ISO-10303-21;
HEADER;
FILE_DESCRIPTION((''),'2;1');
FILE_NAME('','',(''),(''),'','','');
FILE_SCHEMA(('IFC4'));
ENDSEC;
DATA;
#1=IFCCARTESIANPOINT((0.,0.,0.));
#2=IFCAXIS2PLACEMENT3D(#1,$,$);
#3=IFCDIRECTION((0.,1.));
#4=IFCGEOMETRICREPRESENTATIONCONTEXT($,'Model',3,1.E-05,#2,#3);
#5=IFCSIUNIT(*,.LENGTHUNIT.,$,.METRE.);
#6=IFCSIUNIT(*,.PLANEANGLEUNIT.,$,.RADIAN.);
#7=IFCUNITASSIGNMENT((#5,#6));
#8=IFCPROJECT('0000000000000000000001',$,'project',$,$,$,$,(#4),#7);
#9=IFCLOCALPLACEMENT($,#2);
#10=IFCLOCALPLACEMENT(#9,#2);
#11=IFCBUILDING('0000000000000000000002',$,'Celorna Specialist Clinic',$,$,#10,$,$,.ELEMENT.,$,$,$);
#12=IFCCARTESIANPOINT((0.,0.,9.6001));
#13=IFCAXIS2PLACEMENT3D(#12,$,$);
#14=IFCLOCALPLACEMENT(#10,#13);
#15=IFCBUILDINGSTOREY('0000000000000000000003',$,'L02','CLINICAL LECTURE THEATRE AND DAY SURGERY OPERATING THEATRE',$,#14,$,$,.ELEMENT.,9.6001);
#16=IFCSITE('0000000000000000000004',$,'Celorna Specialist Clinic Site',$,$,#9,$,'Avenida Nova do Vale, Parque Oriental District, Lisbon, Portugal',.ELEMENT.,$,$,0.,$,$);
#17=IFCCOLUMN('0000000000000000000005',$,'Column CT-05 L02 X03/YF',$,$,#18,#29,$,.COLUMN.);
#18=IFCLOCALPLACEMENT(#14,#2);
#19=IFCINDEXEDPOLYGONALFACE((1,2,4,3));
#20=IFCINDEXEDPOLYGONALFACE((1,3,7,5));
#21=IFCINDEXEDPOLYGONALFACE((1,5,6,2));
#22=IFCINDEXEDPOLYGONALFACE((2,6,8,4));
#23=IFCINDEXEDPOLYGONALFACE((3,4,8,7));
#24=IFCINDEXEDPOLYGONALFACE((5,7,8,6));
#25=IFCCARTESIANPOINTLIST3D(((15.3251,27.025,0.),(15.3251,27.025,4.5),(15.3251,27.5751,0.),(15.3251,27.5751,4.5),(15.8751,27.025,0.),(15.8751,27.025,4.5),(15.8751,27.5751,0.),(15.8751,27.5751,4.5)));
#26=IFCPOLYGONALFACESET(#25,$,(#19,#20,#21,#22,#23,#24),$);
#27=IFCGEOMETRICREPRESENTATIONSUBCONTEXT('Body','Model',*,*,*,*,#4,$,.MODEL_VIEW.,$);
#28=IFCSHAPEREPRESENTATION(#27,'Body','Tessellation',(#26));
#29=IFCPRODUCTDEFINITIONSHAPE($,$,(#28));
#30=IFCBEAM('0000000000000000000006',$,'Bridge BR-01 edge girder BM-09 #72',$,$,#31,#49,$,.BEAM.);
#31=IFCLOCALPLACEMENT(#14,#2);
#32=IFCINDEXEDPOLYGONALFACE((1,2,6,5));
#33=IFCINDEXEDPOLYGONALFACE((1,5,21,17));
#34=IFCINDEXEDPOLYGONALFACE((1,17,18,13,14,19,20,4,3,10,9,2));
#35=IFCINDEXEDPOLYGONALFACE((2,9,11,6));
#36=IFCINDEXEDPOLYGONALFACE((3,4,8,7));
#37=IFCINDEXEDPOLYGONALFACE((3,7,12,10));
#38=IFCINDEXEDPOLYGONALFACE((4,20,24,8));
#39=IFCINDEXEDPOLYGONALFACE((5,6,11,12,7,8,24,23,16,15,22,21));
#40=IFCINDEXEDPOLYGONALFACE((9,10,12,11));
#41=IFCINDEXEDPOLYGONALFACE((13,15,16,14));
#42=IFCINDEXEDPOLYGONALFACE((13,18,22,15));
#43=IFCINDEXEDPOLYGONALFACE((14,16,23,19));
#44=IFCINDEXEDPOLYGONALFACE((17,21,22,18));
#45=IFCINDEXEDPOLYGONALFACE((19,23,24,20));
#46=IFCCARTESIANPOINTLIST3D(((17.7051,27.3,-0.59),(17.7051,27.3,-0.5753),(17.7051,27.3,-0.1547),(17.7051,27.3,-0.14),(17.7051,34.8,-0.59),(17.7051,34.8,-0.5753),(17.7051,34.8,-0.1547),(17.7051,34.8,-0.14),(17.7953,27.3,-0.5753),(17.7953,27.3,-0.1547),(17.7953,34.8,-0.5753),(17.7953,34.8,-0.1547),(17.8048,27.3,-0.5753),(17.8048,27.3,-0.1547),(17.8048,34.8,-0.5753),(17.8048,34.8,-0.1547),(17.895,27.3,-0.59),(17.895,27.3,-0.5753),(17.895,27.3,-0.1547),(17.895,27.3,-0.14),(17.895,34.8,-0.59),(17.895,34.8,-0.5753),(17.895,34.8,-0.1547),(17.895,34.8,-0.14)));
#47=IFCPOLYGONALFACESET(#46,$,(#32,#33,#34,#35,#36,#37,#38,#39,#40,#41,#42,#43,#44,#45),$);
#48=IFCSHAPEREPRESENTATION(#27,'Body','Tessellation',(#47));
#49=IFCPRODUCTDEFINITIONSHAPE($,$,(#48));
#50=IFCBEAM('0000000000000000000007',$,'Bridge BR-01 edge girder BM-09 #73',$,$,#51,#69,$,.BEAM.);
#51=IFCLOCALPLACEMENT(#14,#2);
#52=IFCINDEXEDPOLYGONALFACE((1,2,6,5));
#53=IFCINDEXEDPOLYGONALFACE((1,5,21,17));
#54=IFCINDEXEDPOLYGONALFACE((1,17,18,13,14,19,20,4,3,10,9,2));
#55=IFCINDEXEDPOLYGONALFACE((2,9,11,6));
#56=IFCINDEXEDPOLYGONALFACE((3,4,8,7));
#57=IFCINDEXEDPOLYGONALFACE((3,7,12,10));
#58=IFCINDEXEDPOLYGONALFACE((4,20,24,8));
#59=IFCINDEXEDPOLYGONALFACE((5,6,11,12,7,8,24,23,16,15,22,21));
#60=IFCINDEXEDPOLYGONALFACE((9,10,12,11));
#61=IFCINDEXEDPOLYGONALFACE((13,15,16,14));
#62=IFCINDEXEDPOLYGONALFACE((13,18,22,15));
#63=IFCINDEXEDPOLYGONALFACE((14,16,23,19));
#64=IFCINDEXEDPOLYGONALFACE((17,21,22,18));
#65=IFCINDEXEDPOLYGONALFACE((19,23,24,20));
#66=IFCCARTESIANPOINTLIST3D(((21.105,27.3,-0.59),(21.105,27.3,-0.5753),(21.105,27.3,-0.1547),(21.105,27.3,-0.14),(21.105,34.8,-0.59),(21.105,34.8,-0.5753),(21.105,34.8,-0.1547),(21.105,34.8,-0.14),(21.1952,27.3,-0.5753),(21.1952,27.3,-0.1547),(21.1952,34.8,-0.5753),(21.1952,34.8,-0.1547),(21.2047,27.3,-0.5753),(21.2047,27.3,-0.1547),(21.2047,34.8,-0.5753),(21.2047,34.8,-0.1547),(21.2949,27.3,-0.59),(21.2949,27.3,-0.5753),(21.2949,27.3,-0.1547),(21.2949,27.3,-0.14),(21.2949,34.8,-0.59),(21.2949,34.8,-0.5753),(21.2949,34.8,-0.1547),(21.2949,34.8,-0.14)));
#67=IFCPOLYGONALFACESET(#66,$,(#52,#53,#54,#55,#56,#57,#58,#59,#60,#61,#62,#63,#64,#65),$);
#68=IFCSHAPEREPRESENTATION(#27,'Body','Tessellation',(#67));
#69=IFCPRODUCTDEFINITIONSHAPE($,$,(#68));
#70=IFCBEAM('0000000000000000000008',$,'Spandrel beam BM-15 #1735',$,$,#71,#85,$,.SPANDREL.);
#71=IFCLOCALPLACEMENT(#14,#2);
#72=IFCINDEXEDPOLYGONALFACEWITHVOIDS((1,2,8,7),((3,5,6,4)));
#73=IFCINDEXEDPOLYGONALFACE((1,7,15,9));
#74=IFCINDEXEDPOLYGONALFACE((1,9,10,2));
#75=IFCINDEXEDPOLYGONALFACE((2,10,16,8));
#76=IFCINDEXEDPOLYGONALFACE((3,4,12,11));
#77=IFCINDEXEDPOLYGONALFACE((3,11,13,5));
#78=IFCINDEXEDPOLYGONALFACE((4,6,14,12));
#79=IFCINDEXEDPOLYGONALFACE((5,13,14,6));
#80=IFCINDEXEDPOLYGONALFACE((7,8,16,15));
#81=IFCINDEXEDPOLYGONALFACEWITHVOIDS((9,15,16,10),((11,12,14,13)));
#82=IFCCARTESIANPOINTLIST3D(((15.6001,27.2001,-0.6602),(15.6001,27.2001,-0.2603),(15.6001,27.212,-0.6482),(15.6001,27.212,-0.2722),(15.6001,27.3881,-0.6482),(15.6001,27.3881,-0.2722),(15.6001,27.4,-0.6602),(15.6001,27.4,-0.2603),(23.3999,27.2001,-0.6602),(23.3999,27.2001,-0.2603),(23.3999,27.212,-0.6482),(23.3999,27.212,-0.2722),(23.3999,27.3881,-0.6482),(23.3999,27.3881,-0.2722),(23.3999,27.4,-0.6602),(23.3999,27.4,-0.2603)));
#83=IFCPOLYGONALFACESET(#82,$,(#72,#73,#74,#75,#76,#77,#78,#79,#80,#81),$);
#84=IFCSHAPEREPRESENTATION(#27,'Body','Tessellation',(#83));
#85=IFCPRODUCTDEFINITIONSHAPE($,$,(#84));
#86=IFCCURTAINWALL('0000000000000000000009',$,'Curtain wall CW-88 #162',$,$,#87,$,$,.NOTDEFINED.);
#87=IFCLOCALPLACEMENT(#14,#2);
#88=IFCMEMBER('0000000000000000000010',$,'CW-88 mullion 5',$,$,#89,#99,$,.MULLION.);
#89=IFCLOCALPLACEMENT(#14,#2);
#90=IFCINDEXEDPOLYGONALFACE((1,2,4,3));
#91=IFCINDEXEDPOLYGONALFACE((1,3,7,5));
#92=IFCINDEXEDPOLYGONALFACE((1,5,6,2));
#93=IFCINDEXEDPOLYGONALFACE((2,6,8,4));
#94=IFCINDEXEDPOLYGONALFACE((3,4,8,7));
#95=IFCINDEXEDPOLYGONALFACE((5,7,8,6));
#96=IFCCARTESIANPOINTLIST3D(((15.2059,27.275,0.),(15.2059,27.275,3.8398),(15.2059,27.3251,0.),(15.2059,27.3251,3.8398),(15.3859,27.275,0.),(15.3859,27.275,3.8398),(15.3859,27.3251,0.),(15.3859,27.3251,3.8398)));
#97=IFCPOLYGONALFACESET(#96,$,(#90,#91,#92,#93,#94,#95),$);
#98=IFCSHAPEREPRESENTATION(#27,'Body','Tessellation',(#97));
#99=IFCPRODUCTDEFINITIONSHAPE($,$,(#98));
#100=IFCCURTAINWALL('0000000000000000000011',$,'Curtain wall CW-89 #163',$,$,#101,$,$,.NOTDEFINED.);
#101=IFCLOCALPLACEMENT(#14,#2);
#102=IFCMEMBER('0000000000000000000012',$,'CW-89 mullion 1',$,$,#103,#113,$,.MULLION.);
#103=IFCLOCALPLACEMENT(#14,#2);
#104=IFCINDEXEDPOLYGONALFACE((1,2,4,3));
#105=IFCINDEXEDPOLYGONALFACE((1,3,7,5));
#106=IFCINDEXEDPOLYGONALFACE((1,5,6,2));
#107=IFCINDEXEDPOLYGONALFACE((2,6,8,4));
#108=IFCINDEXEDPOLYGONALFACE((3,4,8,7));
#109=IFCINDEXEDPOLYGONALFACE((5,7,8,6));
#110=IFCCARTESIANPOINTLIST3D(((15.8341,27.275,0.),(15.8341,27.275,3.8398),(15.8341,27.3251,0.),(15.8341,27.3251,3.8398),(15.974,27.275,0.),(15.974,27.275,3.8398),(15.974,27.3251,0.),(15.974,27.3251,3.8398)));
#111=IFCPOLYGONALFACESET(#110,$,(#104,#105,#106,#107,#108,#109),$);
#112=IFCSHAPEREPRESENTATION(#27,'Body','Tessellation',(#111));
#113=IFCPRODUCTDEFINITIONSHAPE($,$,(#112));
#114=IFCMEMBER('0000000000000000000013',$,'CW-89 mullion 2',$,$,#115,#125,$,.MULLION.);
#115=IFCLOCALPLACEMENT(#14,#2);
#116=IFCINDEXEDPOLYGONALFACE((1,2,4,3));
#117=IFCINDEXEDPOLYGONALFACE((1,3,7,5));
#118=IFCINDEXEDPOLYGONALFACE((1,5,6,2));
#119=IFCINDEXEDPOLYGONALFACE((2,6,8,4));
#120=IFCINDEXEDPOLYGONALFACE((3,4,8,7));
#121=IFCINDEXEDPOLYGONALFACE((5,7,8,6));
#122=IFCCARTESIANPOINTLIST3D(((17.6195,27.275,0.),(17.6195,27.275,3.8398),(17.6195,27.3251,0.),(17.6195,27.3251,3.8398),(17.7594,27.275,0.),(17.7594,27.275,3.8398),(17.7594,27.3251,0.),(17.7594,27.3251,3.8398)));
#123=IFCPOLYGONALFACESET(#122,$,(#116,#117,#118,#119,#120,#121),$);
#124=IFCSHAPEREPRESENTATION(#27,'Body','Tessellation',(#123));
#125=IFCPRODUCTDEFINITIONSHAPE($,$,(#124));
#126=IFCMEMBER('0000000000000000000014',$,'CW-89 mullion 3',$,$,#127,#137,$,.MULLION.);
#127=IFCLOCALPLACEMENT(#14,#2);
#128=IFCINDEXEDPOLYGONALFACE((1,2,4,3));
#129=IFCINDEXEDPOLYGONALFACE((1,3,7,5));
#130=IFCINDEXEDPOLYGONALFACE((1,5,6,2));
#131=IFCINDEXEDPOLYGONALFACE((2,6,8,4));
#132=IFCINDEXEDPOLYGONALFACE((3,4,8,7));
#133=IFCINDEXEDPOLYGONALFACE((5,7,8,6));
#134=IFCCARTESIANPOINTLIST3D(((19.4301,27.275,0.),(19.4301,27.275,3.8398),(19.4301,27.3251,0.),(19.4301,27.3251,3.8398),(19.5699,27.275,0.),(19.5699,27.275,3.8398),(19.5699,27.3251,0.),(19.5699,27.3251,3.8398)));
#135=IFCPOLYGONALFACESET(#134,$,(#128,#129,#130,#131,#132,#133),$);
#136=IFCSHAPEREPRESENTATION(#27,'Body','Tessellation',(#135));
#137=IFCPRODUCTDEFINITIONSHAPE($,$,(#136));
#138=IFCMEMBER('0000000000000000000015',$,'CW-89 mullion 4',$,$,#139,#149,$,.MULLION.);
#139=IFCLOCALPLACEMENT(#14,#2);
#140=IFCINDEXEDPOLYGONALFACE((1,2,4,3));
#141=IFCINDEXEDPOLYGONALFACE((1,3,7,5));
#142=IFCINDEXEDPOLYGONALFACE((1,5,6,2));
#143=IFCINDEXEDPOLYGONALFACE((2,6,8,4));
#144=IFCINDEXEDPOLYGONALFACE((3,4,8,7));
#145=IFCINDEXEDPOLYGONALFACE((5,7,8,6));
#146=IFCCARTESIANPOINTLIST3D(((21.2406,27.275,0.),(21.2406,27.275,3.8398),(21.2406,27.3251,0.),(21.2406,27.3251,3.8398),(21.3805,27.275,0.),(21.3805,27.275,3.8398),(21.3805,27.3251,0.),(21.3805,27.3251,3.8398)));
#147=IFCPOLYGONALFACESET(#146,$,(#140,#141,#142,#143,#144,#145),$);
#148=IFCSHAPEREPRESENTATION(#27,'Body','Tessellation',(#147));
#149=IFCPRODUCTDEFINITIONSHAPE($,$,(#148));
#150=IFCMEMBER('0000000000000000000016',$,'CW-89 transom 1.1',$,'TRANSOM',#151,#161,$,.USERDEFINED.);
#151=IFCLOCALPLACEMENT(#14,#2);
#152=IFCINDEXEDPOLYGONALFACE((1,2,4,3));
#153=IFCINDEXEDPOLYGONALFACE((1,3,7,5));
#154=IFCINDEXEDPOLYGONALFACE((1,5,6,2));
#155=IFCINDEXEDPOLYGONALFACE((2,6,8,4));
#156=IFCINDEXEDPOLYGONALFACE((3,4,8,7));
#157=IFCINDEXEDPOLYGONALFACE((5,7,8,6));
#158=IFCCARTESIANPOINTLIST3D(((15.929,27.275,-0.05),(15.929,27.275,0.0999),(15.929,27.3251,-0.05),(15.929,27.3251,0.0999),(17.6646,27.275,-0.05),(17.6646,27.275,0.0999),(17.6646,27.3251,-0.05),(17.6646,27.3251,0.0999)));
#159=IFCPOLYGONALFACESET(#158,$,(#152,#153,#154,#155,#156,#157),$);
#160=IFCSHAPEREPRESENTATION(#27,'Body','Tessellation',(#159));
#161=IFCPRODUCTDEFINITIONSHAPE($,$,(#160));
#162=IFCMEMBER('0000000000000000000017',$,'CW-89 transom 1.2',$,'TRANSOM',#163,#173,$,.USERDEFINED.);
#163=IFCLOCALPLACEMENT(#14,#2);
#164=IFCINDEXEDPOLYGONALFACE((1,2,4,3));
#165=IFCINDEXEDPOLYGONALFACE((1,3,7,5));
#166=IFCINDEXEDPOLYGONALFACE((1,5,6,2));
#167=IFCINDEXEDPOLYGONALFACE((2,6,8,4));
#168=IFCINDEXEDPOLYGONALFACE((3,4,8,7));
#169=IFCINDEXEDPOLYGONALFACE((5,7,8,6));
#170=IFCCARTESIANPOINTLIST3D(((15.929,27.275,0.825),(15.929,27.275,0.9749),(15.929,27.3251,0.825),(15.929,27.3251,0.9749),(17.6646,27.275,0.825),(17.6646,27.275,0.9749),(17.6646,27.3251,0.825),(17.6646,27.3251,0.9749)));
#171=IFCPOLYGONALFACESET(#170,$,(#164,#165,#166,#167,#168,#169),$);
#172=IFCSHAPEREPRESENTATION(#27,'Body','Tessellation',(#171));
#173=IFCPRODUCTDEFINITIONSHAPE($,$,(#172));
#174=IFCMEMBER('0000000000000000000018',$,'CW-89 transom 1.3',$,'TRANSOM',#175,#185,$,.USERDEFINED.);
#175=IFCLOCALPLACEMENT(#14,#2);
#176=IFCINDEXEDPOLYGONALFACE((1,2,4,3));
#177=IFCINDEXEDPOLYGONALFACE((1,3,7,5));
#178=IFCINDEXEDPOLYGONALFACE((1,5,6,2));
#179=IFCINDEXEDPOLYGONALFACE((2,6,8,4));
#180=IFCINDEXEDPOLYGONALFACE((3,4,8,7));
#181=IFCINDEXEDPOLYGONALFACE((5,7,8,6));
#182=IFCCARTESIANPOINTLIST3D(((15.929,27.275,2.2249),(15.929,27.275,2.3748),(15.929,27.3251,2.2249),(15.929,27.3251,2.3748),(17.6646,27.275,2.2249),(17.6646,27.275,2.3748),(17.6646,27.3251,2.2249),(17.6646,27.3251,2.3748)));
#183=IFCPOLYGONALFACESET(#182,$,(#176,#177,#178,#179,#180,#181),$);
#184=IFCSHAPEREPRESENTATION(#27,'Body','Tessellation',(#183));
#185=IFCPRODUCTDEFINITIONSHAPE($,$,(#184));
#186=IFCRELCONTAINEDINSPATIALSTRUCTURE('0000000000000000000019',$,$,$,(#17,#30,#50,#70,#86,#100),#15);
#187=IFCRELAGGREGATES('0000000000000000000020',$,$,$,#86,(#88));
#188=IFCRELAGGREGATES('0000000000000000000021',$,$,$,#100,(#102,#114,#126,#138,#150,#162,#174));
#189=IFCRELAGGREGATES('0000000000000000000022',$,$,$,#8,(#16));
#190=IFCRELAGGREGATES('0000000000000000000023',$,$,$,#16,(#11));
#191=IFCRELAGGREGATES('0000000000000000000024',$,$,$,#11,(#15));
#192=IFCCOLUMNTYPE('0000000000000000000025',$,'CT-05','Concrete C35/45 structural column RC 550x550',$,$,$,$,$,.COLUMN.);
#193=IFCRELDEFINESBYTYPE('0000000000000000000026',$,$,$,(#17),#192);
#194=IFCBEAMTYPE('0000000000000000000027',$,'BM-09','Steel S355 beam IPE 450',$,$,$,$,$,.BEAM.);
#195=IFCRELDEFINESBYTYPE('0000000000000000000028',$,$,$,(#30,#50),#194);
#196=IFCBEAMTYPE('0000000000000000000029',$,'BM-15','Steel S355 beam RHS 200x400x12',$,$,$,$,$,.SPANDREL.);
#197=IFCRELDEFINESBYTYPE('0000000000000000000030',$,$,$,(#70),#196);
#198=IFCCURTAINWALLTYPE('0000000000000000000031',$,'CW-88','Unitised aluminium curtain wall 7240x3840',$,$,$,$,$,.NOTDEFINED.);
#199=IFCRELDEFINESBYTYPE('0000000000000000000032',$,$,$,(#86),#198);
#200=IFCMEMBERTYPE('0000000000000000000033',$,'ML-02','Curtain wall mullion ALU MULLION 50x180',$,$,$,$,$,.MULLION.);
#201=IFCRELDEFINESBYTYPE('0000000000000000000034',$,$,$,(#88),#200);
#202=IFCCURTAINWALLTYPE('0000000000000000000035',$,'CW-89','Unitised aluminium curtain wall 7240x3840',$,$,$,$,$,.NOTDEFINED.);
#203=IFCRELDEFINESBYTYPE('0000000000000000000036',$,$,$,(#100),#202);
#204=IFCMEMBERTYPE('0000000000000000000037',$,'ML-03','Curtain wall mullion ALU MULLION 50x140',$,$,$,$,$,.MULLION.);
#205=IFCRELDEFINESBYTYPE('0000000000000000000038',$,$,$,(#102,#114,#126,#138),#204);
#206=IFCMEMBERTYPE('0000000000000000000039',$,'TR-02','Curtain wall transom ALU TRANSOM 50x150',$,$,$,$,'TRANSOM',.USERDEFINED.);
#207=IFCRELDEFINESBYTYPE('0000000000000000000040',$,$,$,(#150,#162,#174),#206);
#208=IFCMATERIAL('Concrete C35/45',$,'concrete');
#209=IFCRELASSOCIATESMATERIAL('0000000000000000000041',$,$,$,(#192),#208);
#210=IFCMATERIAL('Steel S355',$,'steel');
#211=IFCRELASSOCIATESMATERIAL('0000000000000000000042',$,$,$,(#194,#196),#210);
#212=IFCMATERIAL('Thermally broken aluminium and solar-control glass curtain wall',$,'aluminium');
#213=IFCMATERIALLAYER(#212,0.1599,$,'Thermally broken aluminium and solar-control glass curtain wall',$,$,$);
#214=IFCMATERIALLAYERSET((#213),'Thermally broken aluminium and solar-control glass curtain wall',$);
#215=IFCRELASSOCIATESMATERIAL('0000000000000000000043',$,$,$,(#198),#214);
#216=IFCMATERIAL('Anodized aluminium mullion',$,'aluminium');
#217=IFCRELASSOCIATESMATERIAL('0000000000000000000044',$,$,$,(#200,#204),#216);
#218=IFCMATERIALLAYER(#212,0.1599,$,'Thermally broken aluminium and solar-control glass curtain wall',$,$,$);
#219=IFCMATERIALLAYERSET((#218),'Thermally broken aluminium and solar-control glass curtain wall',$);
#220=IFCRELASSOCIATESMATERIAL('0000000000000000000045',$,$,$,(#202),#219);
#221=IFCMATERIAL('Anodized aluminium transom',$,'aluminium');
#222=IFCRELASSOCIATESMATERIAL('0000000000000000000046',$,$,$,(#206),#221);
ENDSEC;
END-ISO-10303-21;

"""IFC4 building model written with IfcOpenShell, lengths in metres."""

from ifc_helpers import new_model, si_unit, direction, frame, origin, origin_2d, place, context, subcontext, project, spatial, rectangle, hollow_rectangle, i_section, extrude, material, layer, layer_set, material_profile, profile_set, type_object, element, aggregate, save


model = new_model("IFC4")

# Units and contexts
model_context = context("Model", 3, precision=1e-05, world=origin(), true_north=direction((0.0, 1.0)))
body_context = subcontext(model_context, "Body", "Model", "MODEL_VIEW")
ifc_project = project(units=[si_unit("LENGTHUNIT", "METRE"), si_unit("PLANEANGLEUNIT", "RADIAN")], contexts=[model_context])

# Site, building, storey
site_placement = place(None, origin())
site = spatial("IfcSite", under=ifc_project, at=site_placement, Name="Celorna Specialist Clinic Site", LongName="Avenida Nova do Vale, Parque Oriental District, Lisbon, Portugal", CompositionType="ELEMENT", RefElevation=0.0)
building_placement = place(site_placement, origin())
building = spatial("IfcBuilding", under=site, at=building_placement, Name="Celorna Specialist Clinic", CompositionType="ELEMENT")
storey_placement = place(building_placement, frame((0.0, 0.0, 9.6001)))
storey = spatial("IfcBuildingStorey", under=building, at=storey_placement, Name="L02", Description="CLINICAL LECTURE THEATRE AND DAY SURGERY OPERATING THEATRE", CompositionType="ELEMENT", Elevation=9.6001)

# Column
ifc_material_1 = material(Name="Concrete C35/45", Category="concrete")
ifc_material_profile_1 = material_profile(ifc_material_1, rectangle(XDim=0.55, YDim=0.55, at=origin_2d()), Name="RC 550x550")
ifc_profile_set_1 = profile_set([ifc_material_profile_1], Name="Concrete C35/45")
column_type = type_object("IfcColumnType", Name="CT-05", Description="Concrete C35/45 structural column RC 550x550", PredefinedType="COLUMN", material=ifc_profile_set_1)
column_placement = place(storey_placement, frame((15.6001, 27.3, 0.0), z_axis=(0.0, 0.0, 1.0), x_axis=(1.0, 0.0, 0.0)))
element("IfcColumn", 1, at=column_placement, inside=storey, type_object=column_type, Name="Column CT-05 L02 X03/YF", PredefinedType="COLUMN", context=body_context, shape_type="SweptSolid", body=[
    extrude(rectangle(XDim=0.55, YDim=0.55, at=origin_2d()), origin(), (0.0, 0.0, 1.0), 4.5),
])

# Beams
ifc_material_2 = material(Name="Steel S355", Category="steel")
ifc_material_profile_2 = material_profile(ifc_material_2, i_section(OverallWidth=0.1899, OverallDepth=0.45, WebThickness=0.0095, FlangeThickness=0.0146, at=origin_2d()), Name="IPE 450")
ifc_profile_set_2 = profile_set([ifc_material_profile_2], Name="Steel S355")
beam_type_1 = type_object("IfcBeamType", Name="BM-09", Description="Steel S355 beam IPE 450", PredefinedType="BEAM", material=ifc_profile_set_2)
for number, where, z_axis, x_axis, name in (
    (2, (17.8, 27.3, -0.365), (0.0, 1.0, 0.0), (-1.0, 0.0, 0.0), "Bridge BR-01 edge girder BM-09 #72"),
    (3, (21.2, 27.3, -0.365), (0.0, 1.0, 0.0), (-1.0, 0.0, 0.0), "Bridge BR-01 edge girder BM-09 #73"),
):
    element("IfcBeam", number, at=place(storey_placement, frame(where, z_axis=z_axis, x_axis=x_axis)), inside=storey, type_object=beam_type_1, Name=name, PredefinedType="BEAM", context=body_context, shape_type="SweptSolid", body=[
        extrude(i_section(OverallWidth=0.1899, OverallDepth=0.45, WebThickness=0.0095, FlangeThickness=0.0146, at=origin_2d()), origin(), (0.0, 0.0, 1.0), 7.5),
    ])
ifc_material_profile_3 = material_profile(ifc_material_2, hollow_rectangle(XDim=0.2, YDim=0.3999, WallThickness=0.012, at=origin_2d()), Name="RHS 200x400x12")
ifc_profile_set_3 = profile_set([ifc_material_profile_3], Name="Steel S355")
beam_type_2 = type_object("IfcBeamType", Name="BM-15", Description="Steel S355 beam RHS 200x400x12", PredefinedType="SPANDREL", material=ifc_profile_set_3)
beam_placement = place(storey_placement, frame((15.6001, 27.3, -0.4602), z_axis=(1.0, 0.0, 0.0), x_axis=(0.0, 1.0, 0.0)))
element("IfcBeam", 4, at=beam_placement, inside=storey, type_object=beam_type_2, Name="Spandrel beam BM-15 #1735", PredefinedType="SPANDREL", context=body_context, shape_type="SweptSolid", body=[
    extrude(hollow_rectangle(XDim=0.2, YDim=0.3999, WallThickness=0.012, at=origin_2d()), origin(), (0.0, 0.0, 1.0), 7.7998),
])

# Curtain wall, member
ifc_material_3 = material(Name="Thermally broken aluminium and solar-control glass curtain wall", Category="aluminium")
ifc_layer_1 = layer(ifc_material_3, 0.1599, Name="Thermally broken aluminium and solar-control glass curtain wall")
ifc_layer_set_1 = layer_set([ifc_layer_1], Name="Thermally broken aluminium and solar-control glass curtain wall")
curtain_wall_type_1 = type_object("IfcCurtainWallType", Name="CW-88", Description="Unitised aluminium curtain wall 7240x3840", PredefinedType="NOTDEFINED", material=ifc_layer_set_1)
curtain_wall_1_placement = place(storey_placement, origin())
curtain_wall_1 = element("IfcCurtainWall", 5, at=curtain_wall_1_placement, inside=storey, type_object=curtain_wall_type_1, Name="Curtain wall CW-88 #162", PredefinedType="NOTDEFINED")
ifc_material_4 = material(Name="Anodized aluminium mullion", Category="aluminium")
ifc_material_profile_4 = material_profile(ifc_material_4, rectangle(XDim=0.05, YDim=0.1799, at=origin_2d()), Name="ALU MULLION 50x180")
ifc_profile_set_4 = profile_set([ifc_material_profile_4], Name="Anodized aluminium mullion")
member_type_1 = type_object("IfcMemberType", Name="ML-02", Description="Curtain wall mullion ALU MULLION 50x180", PredefinedType="MULLION", material=ifc_profile_set_4)
member_1_placement = place(storey_placement, frame((15.2959, 27.3, 0.0), z_axis=(0.0, 0.0, 1.0), x_axis=(0.0, 1.0, 0.0)))
member_1 = element("IfcMember", 6, at=member_1_placement, type_object=member_type_1, Name="CW-88 mullion 5", PredefinedType="MULLION", context=body_context, shape_type="SweptSolid", body=[
    extrude(rectangle(XDim=0.05, YDim=0.1799, at=origin_2d()), origin(), (0.0, 0.0, 1.0), 3.8398),
])

# Curtain wall, members
ifc_layer_2 = layer(ifc_material_3, 0.1599, Name="Thermally broken aluminium and solar-control glass curtain wall")
ifc_layer_set_2 = layer_set([ifc_layer_2], Name="Thermally broken aluminium and solar-control glass curtain wall")
curtain_wall_type_2 = type_object("IfcCurtainWallType", Name="CW-89", Description="Unitised aluminium curtain wall 7240x3840", PredefinedType="NOTDEFINED", material=ifc_layer_set_2)
curtain_wall_2_placement = place(storey_placement, origin())
curtain_wall_2 = element("IfcCurtainWall", 7, at=curtain_wall_2_placement, inside=storey, type_object=curtain_wall_type_2, Name="Curtain wall CW-89 #163", PredefinedType="NOTDEFINED")
ifc_material_profile_5 = material_profile(ifc_material_4, rectangle(XDim=0.05, YDim=0.1399, at=origin_2d()), Name="ALU MULLION 50x140")
ifc_profile_set_5 = profile_set([ifc_material_profile_5], Name="Anodized aluminium mullion")
member_type_2 = type_object("IfcMemberType", Name="ML-03", Description="Curtain wall mullion ALU MULLION 50x140", PredefinedType="MULLION", material=ifc_profile_set_5)
member_2_placement = place(storey_placement, frame((15.9041, 27.3, 0.0), z_axis=(0.0, 0.0, 1.0), x_axis=(0.0, 1.0, 0.0)))
member_2 = element("IfcMember", 8, at=member_2_placement, type_object=member_type_2, Name="CW-89 mullion 1", PredefinedType="MULLION", context=body_context, shape_type="SweptSolid", body=[
    extrude(rectangle(XDim=0.05, YDim=0.1399, at=origin_2d()), origin(), (0.0, 0.0, 1.0), 3.8398),
])
member_3_placement = place(storey_placement, frame((17.6895, 27.3, 0.0), z_axis=(0.0, 0.0, 1.0), x_axis=(0.0, 1.0, 0.0)))
member_3 = element("IfcMember", 9, at=member_3_placement, type_object=member_type_2, Name="CW-89 mullion 2", PredefinedType="MULLION", context=body_context, shape_type="SweptSolid", body=[
    extrude(rectangle(XDim=0.05, YDim=0.1399, at=origin_2d()), origin(), (0.0, 0.0, 1.0), 3.8398),
])
member_4_placement = place(storey_placement, frame((19.5, 27.3, 0.0), z_axis=(0.0, 0.0, 1.0), x_axis=(0.0, 1.0, 0.0)))
member_4 = element("IfcMember", 10, at=member_4_placement, type_object=member_type_2, Name="CW-89 mullion 3", PredefinedType="MULLION", context=body_context, shape_type="SweptSolid", body=[
    extrude(rectangle(XDim=0.05, YDim=0.1399, at=origin_2d()), origin(), (0.0, 0.0, 1.0), 3.8398),
])
member_5_placement = place(storey_placement, frame((21.3105, 27.3, 0.0), z_axis=(0.0, 0.0, 1.0), x_axis=(0.0, 1.0, 0.0)))
member_5 = element("IfcMember", 11, at=member_5_placement, type_object=member_type_2, Name="CW-89 mullion 4", PredefinedType="MULLION", context=body_context, shape_type="SweptSolid", body=[
    extrude(rectangle(XDim=0.05, YDim=0.1399, at=origin_2d()), origin(), (0.0, 0.0, 1.0), 3.8398),
])
ifc_material_5 = material(Name="Anodized aluminium transom", Category="aluminium")
ifc_material_profile_6 = material_profile(ifc_material_5, rectangle(XDim=0.05, YDim=0.1499, at=origin_2d()), Name="ALU TRANSOM 50x150")
ifc_profile_set_6 = profile_set([ifc_material_profile_6], Name="Anodized aluminium transom")
member_type_3 = type_object("IfcMemberType", Name="TR-02", Description="Curtain wall transom ALU TRANSOM 50x150", ElementType="TRANSOM", PredefinedType="USERDEFINED", material=ifc_profile_set_6)
member_6_placement = place(storey_placement, frame((15.929, 27.3, 0.0249), z_axis=(1.0, 0.0, 0.0), x_axis=(0.0, 1.0, 0.0)))
member_6 = element("IfcMember", 12, at=member_6_placement, type_object=member_type_3, Name="CW-89 transom 1.1", ObjectType="TRANSOM", PredefinedType="USERDEFINED", context=body_context, shape_type="SweptSolid", body=[
    extrude(rectangle(XDim=0.05, YDim=0.1499, at=origin_2d()), origin(), (0.0, 0.0, 1.0), 1.7356),
])
member_7_placement = place(storey_placement, frame((15.929, 27.3, 0.8999), z_axis=(1.0, 0.0, 0.0), x_axis=(0.0, 1.0, 0.0)))
member_7 = element("IfcMember", 13, at=member_7_placement, type_object=member_type_3, Name="CW-89 transom 1.2", ObjectType="TRANSOM", PredefinedType="USERDEFINED", context=body_context, shape_type="SweptSolid", body=[
    extrude(rectangle(XDim=0.05, YDim=0.1499, at=origin_2d()), origin(), (0.0, 0.0, 1.0), 1.7356),
])
member_8_placement = place(storey_placement, frame((15.929, 27.3, 2.2998), z_axis=(1.0, 0.0, 0.0), x_axis=(0.0, 1.0, 0.0)))
member_8 = element("IfcMember", 14, at=member_8_placement, type_object=member_type_3, Name="CW-89 transom 1.3", ObjectType="TRANSOM", PredefinedType="USERDEFINED", context=body_context, shape_type="SweptSolid", body=[
    extrude(rectangle(XDim=0.05, YDim=0.1499, at=origin_2d()), origin(), (0.0, 0.0, 1.0), 1.7356),
])

aggregate(curtain_wall_1, [member_1])
aggregate(curtain_wall_2, [member_2, member_3, member_4, member_5, member_6, member_7, member_8])

save(model, "model.ifc")
